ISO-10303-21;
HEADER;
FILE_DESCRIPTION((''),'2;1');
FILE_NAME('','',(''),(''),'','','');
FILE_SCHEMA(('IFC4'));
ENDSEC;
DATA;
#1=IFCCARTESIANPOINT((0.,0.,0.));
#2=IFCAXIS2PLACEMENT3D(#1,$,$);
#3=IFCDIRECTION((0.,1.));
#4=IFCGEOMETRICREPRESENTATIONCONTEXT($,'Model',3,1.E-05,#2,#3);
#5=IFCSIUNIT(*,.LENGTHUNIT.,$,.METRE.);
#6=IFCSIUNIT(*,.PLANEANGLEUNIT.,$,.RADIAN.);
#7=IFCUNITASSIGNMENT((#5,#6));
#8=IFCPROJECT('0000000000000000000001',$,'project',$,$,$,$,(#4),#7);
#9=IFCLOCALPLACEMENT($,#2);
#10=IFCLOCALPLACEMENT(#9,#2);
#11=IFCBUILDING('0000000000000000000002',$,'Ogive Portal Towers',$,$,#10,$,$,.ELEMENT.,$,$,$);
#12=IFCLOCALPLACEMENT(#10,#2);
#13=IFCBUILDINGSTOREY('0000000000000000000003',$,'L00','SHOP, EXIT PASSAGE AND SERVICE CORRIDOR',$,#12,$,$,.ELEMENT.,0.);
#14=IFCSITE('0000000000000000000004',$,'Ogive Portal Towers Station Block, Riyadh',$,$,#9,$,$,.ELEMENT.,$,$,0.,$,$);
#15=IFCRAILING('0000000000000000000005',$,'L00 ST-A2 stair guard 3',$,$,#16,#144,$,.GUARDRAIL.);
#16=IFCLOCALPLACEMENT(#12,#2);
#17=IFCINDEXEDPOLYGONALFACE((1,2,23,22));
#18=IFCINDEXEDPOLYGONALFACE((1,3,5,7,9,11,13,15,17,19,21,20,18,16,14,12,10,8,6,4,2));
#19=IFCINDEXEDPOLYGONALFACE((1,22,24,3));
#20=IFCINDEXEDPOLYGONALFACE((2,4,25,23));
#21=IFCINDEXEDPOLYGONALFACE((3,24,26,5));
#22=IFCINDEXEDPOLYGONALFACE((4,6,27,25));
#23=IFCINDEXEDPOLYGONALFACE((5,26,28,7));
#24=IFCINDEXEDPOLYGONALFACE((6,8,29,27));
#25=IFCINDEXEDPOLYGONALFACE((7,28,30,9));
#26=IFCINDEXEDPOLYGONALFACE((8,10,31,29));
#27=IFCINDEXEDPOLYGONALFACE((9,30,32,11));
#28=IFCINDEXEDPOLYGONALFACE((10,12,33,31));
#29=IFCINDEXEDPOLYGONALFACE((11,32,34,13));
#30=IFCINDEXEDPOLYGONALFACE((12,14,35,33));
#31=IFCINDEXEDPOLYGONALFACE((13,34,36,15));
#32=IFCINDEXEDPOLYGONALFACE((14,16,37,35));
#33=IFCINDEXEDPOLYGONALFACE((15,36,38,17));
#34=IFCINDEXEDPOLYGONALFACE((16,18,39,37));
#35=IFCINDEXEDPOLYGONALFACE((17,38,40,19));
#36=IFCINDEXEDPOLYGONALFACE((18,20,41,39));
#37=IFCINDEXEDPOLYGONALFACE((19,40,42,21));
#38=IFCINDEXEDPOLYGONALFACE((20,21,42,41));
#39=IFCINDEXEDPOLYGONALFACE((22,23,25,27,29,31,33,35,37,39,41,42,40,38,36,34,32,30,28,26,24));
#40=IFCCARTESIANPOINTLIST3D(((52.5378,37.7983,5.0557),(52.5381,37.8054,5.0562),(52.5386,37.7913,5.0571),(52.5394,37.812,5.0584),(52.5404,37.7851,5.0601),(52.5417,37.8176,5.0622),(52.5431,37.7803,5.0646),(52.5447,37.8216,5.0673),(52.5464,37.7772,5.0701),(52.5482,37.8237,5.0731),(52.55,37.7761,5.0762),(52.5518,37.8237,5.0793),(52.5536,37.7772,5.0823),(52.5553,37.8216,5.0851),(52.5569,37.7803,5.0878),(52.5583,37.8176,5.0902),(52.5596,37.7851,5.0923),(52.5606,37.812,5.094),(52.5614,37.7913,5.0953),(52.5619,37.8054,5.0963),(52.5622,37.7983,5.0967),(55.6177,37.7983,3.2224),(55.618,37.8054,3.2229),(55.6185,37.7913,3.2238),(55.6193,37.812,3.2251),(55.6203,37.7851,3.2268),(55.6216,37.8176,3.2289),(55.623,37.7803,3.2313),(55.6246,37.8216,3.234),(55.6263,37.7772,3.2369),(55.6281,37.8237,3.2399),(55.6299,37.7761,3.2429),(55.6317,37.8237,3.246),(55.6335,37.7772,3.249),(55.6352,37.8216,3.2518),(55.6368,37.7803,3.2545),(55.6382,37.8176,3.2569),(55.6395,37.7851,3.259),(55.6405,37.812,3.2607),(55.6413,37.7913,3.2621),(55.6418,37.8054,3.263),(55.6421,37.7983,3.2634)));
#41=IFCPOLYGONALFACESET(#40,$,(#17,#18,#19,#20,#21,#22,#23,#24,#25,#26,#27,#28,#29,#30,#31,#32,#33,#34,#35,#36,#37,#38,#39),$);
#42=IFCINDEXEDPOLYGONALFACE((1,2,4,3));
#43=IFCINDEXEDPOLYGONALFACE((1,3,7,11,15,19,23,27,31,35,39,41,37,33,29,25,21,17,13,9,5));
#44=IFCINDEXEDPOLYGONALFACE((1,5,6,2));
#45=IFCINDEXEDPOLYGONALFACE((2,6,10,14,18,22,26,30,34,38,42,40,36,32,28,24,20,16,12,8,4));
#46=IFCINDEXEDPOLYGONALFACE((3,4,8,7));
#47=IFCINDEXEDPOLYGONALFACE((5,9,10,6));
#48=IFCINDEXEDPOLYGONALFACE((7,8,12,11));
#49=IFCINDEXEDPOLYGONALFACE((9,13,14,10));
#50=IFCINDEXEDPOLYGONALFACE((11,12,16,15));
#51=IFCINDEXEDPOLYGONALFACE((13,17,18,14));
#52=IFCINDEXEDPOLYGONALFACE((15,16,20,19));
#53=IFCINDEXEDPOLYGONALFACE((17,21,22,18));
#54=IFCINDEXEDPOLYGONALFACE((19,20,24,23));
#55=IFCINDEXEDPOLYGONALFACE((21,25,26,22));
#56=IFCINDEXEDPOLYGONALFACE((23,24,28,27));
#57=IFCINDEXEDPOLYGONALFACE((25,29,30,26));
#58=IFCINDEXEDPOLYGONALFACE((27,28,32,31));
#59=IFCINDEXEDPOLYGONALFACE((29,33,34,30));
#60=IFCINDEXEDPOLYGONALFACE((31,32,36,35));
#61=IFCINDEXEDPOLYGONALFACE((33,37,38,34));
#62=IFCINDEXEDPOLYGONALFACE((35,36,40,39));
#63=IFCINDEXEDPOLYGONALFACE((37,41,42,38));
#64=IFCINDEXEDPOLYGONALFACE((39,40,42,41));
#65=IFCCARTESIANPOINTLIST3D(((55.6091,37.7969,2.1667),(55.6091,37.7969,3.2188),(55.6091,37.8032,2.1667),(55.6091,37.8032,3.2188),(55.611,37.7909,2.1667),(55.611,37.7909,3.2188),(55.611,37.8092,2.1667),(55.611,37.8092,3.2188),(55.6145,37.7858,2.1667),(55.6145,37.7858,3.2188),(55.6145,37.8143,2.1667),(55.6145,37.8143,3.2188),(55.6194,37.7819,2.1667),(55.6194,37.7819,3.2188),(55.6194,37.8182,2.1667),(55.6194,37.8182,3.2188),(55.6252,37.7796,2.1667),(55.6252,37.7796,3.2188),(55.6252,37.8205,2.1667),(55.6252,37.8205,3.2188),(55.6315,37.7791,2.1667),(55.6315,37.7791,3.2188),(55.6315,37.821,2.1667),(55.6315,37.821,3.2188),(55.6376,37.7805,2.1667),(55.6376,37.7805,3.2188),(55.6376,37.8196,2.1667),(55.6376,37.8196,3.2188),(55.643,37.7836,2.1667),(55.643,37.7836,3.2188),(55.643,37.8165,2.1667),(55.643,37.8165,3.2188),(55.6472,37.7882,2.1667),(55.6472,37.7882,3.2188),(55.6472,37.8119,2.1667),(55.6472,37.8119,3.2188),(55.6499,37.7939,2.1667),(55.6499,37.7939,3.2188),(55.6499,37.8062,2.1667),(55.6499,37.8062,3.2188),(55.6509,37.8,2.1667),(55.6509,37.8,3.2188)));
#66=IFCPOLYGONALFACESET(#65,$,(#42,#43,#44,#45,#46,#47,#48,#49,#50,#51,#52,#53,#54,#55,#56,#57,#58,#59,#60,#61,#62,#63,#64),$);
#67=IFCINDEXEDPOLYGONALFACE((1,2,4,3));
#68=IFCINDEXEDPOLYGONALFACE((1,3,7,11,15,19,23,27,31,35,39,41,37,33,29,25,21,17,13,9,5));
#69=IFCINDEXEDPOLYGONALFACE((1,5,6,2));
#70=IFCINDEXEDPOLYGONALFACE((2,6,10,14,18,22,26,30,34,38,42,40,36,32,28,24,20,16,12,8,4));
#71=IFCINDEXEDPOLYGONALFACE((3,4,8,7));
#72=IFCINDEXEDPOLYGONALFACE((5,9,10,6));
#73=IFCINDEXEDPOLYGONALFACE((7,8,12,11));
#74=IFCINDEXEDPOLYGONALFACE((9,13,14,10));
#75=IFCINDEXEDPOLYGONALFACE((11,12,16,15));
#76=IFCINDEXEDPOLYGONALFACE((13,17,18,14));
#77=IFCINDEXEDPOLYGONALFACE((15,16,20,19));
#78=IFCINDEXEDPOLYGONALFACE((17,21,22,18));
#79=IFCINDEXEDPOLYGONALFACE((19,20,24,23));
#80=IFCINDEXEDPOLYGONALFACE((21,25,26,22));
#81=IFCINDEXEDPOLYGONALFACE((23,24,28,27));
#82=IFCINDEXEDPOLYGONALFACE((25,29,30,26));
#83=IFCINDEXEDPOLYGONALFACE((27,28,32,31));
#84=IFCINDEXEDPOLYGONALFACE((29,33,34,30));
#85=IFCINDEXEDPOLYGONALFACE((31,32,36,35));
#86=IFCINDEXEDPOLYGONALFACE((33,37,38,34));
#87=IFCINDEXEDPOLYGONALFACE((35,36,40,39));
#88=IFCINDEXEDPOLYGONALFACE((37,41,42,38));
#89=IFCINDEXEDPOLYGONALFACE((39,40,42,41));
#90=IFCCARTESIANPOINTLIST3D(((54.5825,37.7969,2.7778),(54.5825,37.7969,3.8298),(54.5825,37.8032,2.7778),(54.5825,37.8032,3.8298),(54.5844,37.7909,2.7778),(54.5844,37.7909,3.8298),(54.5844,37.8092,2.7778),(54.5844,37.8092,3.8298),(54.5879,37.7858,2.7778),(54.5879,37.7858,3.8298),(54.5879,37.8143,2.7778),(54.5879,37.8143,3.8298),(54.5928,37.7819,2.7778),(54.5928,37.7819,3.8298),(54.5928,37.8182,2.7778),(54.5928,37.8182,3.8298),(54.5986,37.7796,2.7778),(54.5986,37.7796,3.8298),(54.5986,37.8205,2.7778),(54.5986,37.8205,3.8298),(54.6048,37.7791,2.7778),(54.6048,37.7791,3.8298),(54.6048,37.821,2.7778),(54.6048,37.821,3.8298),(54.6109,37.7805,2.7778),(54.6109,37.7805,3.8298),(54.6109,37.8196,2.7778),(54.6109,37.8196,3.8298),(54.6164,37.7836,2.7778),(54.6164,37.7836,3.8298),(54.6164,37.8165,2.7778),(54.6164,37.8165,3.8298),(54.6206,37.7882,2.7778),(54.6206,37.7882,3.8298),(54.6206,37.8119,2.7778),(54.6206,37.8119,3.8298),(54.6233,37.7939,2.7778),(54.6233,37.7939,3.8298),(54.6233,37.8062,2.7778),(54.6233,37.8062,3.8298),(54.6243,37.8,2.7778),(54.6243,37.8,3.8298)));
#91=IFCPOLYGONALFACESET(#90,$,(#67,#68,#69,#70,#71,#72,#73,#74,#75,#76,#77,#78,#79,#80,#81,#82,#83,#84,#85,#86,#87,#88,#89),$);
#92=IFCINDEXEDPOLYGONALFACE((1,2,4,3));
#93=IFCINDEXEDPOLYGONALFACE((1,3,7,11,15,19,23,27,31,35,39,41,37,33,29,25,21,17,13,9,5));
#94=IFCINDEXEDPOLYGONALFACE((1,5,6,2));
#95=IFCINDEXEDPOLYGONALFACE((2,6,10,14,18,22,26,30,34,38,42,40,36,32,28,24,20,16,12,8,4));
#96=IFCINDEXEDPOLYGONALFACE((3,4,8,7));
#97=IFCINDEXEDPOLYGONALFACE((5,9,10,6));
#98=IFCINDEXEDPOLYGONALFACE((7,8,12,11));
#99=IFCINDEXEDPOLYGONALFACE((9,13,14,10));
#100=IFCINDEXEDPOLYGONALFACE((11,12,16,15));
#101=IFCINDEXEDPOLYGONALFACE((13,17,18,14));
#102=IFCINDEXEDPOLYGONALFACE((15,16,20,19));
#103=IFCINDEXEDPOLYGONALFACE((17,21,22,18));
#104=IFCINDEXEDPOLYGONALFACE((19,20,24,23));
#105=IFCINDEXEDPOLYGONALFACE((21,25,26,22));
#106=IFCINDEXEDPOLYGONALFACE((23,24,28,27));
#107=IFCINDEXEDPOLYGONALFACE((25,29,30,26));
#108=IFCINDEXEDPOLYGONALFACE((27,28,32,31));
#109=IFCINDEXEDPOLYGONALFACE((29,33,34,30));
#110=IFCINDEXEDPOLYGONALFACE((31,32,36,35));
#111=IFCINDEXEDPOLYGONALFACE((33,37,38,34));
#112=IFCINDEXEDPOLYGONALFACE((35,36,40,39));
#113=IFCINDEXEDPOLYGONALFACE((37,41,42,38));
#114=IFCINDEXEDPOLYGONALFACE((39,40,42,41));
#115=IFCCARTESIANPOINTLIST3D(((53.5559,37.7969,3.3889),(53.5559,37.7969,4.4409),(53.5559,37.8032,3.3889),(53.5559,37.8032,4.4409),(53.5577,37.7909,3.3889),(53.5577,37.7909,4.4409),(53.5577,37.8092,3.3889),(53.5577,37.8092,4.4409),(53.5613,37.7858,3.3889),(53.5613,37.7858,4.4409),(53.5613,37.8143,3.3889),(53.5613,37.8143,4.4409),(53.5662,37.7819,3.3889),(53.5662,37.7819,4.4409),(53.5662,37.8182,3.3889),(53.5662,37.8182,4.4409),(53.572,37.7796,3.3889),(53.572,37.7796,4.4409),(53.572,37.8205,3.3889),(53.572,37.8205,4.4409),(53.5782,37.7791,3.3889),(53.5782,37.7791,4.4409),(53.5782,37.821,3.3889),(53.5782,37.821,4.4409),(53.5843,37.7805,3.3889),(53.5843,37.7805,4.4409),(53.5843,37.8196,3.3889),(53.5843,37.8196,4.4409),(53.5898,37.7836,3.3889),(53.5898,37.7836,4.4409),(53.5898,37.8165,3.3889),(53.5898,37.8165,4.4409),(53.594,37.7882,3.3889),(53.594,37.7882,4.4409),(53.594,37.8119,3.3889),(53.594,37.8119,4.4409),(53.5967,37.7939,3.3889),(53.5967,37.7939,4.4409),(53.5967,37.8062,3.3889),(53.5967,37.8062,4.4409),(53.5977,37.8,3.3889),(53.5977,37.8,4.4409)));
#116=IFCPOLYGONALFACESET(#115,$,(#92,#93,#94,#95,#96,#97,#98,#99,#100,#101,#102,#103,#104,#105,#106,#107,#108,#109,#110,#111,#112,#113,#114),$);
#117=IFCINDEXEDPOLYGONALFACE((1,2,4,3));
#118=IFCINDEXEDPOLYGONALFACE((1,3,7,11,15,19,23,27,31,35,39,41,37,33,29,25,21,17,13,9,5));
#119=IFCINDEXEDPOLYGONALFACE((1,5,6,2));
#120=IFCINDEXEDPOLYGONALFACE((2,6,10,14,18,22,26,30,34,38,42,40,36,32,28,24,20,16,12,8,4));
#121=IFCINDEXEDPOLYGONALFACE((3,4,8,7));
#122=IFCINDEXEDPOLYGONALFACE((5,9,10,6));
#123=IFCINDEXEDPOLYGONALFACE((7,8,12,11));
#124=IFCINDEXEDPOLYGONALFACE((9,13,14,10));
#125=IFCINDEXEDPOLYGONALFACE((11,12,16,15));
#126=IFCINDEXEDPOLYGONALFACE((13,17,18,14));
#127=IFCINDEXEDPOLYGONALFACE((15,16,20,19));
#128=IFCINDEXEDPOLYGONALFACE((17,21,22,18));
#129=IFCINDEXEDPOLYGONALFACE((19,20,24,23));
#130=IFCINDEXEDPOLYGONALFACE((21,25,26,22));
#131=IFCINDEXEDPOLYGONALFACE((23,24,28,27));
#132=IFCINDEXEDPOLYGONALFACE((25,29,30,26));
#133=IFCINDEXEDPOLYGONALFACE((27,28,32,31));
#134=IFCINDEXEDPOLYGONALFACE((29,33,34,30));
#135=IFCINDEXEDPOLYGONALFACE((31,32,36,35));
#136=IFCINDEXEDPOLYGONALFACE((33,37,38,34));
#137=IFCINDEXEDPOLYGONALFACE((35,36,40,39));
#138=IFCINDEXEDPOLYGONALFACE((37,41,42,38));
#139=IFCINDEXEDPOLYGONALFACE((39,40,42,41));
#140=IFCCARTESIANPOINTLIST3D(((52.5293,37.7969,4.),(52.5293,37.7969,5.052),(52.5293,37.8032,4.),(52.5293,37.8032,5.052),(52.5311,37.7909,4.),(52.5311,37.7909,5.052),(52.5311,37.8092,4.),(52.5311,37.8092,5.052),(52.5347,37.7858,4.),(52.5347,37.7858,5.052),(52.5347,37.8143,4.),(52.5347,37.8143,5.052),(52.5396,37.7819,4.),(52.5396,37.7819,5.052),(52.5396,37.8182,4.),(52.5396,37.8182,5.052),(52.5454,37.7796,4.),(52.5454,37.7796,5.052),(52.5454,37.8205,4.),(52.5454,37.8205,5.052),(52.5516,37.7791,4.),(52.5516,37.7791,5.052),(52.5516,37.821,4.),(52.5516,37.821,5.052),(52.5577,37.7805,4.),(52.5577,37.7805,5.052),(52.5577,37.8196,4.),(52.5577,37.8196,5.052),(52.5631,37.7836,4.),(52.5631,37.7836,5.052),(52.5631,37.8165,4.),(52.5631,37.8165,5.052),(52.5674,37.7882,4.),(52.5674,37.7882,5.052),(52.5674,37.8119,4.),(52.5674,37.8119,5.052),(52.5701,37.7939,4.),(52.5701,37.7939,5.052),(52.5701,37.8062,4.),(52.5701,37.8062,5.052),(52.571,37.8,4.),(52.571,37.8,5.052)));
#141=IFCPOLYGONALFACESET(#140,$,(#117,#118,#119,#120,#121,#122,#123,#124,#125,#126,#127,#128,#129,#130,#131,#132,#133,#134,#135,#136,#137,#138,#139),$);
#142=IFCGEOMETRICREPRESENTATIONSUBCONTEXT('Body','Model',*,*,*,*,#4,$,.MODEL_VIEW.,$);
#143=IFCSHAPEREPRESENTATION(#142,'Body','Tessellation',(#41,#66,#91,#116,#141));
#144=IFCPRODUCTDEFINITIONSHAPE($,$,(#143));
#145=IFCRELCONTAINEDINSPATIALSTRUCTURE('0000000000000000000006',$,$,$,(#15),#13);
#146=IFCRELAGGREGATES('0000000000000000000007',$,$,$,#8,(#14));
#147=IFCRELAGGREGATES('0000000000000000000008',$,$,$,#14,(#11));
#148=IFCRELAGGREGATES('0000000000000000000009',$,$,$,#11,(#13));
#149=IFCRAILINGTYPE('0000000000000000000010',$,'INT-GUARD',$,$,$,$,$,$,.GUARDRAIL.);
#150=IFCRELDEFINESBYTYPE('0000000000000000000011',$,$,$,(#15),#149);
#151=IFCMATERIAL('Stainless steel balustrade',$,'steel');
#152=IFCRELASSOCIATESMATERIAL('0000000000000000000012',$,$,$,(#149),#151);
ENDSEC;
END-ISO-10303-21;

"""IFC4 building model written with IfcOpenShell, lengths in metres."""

from ifc_helpers import new_model, si_unit, direction, frame, origin, origin_2d, place, context, subcontext, project, spatial, circle, extrude, material, type_object, element, save


model = new_model("IFC4")

# Units and contexts
model_context = context("Model", 3, precision=1e-05, world=origin(), true_north=direction((0.0, 1.0)))
body_context = subcontext(model_context, "Body", "Model", "MODEL_VIEW")
ifc_project = project(units=[si_unit("LENGTHUNIT", "METRE"), si_unit("PLANEANGLEUNIT", "RADIAN")], contexts=[model_context])

# Site, building, storey
site_placement = place(None, origin())
site = spatial("IfcSite", under=ifc_project, at=site_placement, Name="Ogive Portal Towers Station Block, Riyadh", CompositionType="ELEMENT", RefElevation=0.0)
building_placement = place(site_placement, origin())
building = spatial("IfcBuilding", under=site, at=building_placement, Name="Ogive Portal Towers", CompositionType="ELEMENT")
storey_placement = place(building_placement, origin())
storey = spatial("IfcBuildingStorey", under=building, at=storey_placement, Name="L00", Description="SHOP, EXIT PASSAGE AND SERVICE CORRIDOR", CompositionType="ELEMENT", Elevation=0.0)

# Railing
ifc_material_1 = material(Name="Stainless steel balustrade", Category="steel")
railing_type_1 = type_object("IfcRailingType", Name="INT-GUARD", PredefinedType="GUARDRAIL", material=ifc_material_1)
railing_1_placement = place(storey_placement, frame((55.6299, 37.8, 2.1667)))
element("IfcRailing", 1, at=railing_1_placement, inside=storey, type_object=railing_type_1, Name="L00 ST-A2 stair guard 3", PredefinedType="GUARDRAIL", context=body_context, shape_type="SweptSolid", body=[
    extrude(circle(Radius=0.0239, at=origin_2d()), frame((0.0, 0.0, 1.0762), z_axis=(-0.859291, 0.0, 0.511487), x_axis=(0.0, -1.0, 0.0)), (0.0, 0.0, 1.0), 3.5842),
    extrude(circle(Radius=0.021, at=origin_2d()), origin(), (0.0, 0.0, 1.0), 1.052),
    extrude(circle(Radius=0.021, at=origin_2d()), frame((-1.0266, 0.0, 0.6111)), (0.0, 0.0, 1.0), 1.052),
    extrude(circle(Radius=0.021, at=origin_2d()), frame((-2.0532, 0.0, 1.2222)), (0.0, 0.0, 1.0), 1.052),
    extrude(circle(Radius=0.021, at=origin_2d()), frame((-3.0798, 0.0, 1.8333)), (0.0, 0.0, 1.0), 1.052),
])

save(model, "model.ifc")
